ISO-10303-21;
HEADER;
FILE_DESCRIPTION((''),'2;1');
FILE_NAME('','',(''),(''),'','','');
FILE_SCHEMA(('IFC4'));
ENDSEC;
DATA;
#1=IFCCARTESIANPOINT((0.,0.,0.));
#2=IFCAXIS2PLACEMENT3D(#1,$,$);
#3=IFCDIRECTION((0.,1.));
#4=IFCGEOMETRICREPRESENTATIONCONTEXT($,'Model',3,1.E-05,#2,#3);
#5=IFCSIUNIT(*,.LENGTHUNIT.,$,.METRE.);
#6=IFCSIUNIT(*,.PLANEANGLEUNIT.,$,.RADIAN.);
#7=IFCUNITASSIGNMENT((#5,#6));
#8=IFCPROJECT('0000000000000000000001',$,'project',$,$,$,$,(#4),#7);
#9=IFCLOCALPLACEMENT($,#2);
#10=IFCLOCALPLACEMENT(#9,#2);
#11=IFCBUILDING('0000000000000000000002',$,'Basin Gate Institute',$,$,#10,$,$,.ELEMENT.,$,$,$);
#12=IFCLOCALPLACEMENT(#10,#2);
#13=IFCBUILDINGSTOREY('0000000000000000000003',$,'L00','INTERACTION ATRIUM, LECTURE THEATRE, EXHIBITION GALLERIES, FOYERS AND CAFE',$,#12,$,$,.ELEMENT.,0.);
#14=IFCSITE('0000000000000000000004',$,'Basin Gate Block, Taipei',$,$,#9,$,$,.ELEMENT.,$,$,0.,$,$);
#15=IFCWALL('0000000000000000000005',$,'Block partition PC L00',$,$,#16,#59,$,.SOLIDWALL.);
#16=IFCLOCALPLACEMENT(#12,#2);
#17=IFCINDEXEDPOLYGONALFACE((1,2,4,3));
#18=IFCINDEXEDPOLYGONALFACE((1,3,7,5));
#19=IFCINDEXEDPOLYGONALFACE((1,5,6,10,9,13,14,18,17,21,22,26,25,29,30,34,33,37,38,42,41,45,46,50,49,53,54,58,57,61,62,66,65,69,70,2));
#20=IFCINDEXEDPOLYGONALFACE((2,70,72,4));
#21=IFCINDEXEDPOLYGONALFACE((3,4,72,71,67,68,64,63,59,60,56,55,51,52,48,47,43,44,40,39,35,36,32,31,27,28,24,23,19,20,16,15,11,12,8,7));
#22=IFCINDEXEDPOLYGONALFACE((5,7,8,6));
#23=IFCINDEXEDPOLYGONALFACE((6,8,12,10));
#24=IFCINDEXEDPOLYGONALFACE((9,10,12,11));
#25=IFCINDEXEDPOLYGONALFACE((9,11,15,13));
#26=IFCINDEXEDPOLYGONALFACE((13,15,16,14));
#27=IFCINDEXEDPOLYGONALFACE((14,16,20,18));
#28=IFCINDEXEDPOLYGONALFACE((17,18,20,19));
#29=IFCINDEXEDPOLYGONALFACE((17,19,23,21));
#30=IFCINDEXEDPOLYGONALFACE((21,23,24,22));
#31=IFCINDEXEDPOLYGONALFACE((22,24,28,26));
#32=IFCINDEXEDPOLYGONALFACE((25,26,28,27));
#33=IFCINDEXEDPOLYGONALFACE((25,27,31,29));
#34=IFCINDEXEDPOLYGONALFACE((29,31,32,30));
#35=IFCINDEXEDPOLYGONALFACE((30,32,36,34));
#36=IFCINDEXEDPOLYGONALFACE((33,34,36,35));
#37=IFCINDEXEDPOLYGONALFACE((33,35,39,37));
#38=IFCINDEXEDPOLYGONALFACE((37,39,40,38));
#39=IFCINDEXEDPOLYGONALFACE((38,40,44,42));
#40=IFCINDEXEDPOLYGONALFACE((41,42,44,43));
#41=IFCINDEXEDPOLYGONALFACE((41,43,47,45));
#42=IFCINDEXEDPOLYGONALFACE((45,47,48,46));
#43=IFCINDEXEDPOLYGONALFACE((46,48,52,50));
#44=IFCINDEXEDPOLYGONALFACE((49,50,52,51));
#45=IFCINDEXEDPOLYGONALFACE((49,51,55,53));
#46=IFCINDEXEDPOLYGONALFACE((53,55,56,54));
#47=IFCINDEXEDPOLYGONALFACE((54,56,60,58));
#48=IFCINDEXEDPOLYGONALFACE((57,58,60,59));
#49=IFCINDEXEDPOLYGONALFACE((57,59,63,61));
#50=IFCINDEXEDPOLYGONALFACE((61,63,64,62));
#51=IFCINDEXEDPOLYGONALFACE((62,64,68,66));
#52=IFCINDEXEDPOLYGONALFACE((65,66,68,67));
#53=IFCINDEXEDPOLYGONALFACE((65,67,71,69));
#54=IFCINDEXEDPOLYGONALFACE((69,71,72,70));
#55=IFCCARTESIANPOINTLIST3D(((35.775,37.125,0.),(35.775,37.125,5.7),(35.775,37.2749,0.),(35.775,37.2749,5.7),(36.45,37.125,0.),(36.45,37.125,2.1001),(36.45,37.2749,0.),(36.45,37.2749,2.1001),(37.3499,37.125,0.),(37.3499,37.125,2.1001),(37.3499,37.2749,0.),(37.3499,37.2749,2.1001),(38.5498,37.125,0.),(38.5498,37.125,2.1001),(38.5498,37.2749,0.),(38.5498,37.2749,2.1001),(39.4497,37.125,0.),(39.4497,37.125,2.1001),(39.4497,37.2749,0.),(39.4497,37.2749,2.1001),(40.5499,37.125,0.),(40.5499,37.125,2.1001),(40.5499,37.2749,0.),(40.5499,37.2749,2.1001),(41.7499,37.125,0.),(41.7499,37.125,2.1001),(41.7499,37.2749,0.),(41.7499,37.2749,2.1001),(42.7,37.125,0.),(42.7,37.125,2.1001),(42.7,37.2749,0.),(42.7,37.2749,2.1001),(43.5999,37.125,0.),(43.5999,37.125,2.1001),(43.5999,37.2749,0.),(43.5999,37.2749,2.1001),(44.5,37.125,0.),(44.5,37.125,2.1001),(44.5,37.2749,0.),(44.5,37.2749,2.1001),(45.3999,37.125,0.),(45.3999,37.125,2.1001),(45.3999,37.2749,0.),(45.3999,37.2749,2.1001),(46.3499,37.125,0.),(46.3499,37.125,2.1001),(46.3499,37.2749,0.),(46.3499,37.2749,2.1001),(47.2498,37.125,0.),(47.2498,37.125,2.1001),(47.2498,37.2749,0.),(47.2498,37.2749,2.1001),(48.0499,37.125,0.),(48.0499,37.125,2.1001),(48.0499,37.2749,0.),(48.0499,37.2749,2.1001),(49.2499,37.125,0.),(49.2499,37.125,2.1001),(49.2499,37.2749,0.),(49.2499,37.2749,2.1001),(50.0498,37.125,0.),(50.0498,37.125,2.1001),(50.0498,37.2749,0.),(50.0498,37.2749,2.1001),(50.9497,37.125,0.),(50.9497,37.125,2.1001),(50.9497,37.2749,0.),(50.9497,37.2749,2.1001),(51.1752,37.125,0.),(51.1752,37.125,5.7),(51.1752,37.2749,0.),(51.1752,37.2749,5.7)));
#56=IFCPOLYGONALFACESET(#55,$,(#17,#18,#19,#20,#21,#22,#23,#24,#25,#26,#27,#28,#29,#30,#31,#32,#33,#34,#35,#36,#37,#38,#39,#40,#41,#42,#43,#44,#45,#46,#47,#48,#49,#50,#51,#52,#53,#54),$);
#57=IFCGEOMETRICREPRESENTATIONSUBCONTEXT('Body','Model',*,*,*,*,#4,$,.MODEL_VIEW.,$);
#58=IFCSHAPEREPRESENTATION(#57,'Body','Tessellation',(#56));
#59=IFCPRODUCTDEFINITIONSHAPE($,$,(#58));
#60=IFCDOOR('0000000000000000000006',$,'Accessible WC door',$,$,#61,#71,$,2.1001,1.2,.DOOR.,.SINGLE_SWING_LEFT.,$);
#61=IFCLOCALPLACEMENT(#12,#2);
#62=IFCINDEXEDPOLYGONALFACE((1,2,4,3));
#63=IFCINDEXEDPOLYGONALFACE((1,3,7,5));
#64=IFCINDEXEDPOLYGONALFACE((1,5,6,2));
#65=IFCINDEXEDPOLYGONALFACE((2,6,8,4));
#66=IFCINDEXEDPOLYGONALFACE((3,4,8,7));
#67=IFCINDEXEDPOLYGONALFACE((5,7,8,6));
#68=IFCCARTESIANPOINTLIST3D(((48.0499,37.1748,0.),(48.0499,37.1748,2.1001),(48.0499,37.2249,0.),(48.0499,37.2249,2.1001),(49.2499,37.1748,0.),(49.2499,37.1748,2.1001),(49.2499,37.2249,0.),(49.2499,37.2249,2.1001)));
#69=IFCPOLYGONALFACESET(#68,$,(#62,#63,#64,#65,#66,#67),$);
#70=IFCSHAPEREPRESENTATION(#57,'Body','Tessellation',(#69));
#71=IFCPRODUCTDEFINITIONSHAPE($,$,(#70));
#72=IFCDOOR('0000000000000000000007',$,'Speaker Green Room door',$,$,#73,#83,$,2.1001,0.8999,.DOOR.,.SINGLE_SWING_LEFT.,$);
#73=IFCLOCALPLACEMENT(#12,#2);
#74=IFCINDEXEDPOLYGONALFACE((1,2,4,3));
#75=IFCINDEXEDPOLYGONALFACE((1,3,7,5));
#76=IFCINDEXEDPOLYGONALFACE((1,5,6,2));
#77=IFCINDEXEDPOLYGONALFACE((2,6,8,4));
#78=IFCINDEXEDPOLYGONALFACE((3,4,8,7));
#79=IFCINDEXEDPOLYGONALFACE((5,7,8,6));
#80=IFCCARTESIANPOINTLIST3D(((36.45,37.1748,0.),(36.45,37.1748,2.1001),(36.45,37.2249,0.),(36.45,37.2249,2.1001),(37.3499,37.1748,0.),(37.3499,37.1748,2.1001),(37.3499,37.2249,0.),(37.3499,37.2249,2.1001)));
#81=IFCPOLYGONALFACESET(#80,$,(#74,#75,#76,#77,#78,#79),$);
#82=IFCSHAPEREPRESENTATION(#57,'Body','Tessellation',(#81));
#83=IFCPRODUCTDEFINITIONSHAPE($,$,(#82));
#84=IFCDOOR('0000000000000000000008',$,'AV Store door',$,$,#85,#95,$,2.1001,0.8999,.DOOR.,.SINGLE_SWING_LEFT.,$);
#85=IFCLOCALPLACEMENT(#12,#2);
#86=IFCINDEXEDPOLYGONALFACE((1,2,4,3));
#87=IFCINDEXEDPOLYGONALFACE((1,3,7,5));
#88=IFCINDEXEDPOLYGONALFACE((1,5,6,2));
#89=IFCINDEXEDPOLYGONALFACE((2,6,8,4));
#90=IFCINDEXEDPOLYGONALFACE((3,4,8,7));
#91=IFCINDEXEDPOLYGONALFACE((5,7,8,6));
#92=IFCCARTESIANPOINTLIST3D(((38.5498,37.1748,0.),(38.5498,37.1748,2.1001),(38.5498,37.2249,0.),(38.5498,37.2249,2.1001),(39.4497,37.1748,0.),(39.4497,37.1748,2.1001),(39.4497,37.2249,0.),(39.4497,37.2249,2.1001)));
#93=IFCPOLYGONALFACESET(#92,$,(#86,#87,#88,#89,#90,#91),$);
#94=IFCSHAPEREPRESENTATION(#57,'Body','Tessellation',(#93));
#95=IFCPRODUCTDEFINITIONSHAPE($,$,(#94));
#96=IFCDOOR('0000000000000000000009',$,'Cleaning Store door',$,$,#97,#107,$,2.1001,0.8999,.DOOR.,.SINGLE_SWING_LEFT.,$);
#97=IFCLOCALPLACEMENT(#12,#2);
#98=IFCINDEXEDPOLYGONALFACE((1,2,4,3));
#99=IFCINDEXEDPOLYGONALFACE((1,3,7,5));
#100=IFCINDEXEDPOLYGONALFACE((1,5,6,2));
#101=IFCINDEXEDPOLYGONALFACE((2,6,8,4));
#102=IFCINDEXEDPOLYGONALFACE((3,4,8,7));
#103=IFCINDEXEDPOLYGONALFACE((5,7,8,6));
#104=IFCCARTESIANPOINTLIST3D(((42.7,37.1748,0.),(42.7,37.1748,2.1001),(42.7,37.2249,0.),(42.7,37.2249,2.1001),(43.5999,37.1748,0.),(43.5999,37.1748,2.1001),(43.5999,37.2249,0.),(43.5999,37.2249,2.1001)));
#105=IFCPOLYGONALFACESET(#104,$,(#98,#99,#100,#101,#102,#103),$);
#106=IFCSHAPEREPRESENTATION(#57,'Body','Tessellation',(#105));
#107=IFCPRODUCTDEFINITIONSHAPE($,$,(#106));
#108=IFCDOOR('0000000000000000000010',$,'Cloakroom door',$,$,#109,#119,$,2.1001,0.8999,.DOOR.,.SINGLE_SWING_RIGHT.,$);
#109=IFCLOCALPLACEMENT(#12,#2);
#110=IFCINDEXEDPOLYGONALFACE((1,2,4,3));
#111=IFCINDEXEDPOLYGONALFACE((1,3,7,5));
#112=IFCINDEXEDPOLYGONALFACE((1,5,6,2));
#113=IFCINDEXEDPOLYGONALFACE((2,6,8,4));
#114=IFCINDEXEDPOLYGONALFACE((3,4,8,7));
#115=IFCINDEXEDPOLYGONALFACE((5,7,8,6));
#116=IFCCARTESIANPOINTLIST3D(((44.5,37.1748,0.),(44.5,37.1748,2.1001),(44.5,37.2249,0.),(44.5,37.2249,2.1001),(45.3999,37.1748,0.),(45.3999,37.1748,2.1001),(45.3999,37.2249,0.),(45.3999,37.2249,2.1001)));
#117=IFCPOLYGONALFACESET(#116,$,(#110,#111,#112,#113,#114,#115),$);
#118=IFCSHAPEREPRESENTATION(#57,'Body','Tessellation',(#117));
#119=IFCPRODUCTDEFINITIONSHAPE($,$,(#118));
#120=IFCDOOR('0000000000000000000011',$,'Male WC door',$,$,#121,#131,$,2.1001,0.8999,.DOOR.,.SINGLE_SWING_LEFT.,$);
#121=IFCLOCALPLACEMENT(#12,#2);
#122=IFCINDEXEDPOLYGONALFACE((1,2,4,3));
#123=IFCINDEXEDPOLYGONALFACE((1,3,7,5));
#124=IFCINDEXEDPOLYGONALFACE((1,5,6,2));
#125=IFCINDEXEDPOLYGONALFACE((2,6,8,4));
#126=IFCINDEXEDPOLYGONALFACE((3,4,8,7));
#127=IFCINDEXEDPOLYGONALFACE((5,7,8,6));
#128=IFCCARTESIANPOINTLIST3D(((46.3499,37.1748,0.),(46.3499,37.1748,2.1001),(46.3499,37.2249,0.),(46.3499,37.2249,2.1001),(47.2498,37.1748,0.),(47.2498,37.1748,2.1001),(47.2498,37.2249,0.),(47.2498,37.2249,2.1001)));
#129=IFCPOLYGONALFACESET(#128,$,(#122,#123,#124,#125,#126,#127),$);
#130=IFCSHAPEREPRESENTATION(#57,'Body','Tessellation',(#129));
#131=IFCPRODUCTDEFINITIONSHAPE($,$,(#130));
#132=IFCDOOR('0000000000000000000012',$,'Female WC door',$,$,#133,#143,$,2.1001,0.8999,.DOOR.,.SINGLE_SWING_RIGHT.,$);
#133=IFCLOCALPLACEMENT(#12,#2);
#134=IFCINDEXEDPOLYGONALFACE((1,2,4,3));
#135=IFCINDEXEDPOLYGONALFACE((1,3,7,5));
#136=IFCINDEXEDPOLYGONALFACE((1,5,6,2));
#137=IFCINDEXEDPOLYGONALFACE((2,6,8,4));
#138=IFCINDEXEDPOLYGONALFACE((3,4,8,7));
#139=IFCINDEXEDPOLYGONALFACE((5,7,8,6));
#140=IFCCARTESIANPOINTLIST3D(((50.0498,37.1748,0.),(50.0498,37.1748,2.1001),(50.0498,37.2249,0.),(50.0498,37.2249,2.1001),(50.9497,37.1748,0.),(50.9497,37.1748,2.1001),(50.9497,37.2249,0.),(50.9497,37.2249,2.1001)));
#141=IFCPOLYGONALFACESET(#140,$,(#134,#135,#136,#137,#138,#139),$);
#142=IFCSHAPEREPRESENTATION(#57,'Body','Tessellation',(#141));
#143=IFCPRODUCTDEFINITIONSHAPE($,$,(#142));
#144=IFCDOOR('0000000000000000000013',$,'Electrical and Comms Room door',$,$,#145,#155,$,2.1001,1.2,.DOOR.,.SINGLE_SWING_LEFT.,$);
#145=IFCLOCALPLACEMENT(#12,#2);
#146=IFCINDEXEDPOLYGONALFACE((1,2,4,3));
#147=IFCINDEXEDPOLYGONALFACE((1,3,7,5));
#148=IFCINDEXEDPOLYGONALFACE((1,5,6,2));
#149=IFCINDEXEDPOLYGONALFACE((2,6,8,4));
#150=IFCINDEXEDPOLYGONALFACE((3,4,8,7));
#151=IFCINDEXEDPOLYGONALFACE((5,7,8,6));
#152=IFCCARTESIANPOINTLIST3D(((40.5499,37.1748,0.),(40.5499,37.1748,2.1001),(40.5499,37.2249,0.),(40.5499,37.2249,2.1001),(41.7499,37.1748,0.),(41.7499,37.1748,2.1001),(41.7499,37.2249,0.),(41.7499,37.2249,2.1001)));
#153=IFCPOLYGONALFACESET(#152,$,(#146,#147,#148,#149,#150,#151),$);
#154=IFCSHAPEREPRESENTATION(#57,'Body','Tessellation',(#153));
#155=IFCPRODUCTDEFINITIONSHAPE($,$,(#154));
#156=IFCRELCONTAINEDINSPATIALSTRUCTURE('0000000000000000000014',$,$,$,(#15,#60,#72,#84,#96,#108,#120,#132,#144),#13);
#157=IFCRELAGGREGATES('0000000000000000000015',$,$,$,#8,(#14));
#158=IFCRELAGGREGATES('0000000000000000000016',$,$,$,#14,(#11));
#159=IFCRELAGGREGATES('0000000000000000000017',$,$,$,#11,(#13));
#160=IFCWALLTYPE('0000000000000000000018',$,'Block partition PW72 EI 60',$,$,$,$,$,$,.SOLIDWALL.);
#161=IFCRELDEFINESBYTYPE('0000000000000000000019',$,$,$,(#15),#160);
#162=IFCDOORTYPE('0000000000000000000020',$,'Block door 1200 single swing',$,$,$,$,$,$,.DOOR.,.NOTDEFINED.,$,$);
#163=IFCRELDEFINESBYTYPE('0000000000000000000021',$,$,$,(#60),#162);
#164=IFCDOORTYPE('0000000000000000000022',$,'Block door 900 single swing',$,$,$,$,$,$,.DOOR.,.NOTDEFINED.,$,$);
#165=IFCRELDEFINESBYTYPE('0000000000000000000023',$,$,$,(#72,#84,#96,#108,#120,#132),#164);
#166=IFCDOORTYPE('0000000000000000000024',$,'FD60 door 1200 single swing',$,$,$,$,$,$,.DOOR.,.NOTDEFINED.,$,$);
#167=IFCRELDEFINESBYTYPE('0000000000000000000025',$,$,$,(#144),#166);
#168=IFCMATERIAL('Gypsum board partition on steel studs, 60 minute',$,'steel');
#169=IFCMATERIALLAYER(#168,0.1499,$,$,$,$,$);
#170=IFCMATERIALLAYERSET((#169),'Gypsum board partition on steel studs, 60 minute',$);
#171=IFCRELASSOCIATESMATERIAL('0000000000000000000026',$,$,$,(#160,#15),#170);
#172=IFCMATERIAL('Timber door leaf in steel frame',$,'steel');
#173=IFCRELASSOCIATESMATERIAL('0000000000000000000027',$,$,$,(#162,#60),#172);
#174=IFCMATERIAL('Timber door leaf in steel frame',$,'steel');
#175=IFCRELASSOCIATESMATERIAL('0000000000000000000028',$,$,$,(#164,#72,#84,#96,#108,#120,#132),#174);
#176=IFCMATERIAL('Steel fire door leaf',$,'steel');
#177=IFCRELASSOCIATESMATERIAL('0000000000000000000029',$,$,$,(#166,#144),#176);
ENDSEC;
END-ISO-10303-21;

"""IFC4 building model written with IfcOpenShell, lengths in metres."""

from ifc_helpers import new_model, si_unit, direction, frame, frame_2d, origin, place, context, subcontext, project, spatial, rectangle, extrude, material, layer, layer_set, type_object, element, fill, save


model = new_model("IFC4")

# Units and contexts
model_context = context("Model", 3, precision=1e-05, world=origin(), true_north=direction((0.0, 1.0)))
body_context = subcontext(model_context, "Body", "Model", "MODEL_VIEW")
ifc_project = project(units=[si_unit("LENGTHUNIT", "METRE"), si_unit("PLANEANGLEUNIT", "RADIAN")], contexts=[model_context])

# Site, building, storey
site_placement = place(None, origin())
site = spatial("IfcSite", under=ifc_project, at=site_placement, Name="Basin Gate Block, Taipei", CompositionType="ELEMENT", RefElevation=0.0)
building_placement = place(site_placement, origin())
building = spatial("IfcBuilding", under=site, at=building_placement, Name="Basin Gate Institute", CompositionType="ELEMENT")
storey_placement = place(building_placement, origin())
storey = spatial("IfcBuildingStorey", under=building, at=storey_placement, Name="L00", Description="INTERACTION ATRIUM, LECTURE THEATRE, EXHIBITION GALLERIES, FOYERS AND CAFE", CompositionType="ELEMENT", Elevation=0.0)

# Wall, openings, doors
ifc_material_1 = material(Name="Gypsum board partition on steel studs, 60 minute", Category="steel")
ifc_layer_1 = layer(ifc_material_1, 0.1499)
ifc_layer_set_1 = layer_set([ifc_layer_1], Name="Gypsum board partition on steel studs, 60 minute")
wall_type_1 = type_object("IfcWallType", Name="Block partition PW72 EI 60", PredefinedType="SOLIDWALL", material=ifc_layer_set_1)
wall_1_placement = place(storey_placement, frame((35.7749, 37.2, 0.0), z_axis=(0.0, 0.0, 1.0), x_axis=(1.0, 0.0, 0.0)))
wall_1 = element("IfcWall", 1, at=wall_1_placement, inside=storey, type_object=wall_type_1, material=ifc_layer_set_1, Name="Block partition PC L00", PredefinedType="SOLIDWALL", context=body_context, shape_type="SweptSolid", body=[
    extrude(rectangle(XDim=15.4001, YDim=0.1499, at=frame_2d((7.7002, 0.0))), origin(), (0.0, 0.0, 1.0), 5.7),
])
opening_1_placement = place(wall_1_placement, frame((0.675, 0.0, 0.0)))
opening_1 = element("IfcOpeningElement", 2, at=opening_1_placement, cuts=wall_1, PredefinedType="OPENING", context=body_context, shape_type="SweptSolid", body=[
    extrude(rectangle(XDim=0.8999, YDim=2.1001, at=frame_2d((0.45, 1.05))), frame((0.0, 0.085, 0.0), z_axis=(0.0, -1.0, 0.0), x_axis=(1.0, 0.0, 0.0)), (0.0, 0.0, 1.0), 0.1699),
])
opening_2_placement = place(wall_1_placement, frame((2.7749, 0.0, 0.0)))
opening_2 = element("IfcOpeningElement", 3, at=opening_2_placement, cuts=wall_1, PredefinedType="OPENING", context=body_context, shape_type="SweptSolid", body=[
    extrude(rectangle(XDim=0.8999, YDim=2.1001, at=frame_2d((0.45, 1.05))), frame((0.0, 0.085, 0.0), z_axis=(0.0, -1.0, 0.0), x_axis=(1.0, 0.0, 0.0)), (0.0, 0.0, 1.0), 0.1699),
])
opening_3_placement = place(wall_1_placement, frame((4.7749, 0.0, 0.0)))
opening_3 = element("IfcOpeningElement", 4, at=opening_3_placement, cuts=wall_1, PredefinedType="OPENING", context=body_context, shape_type="SweptSolid", body=[
    extrude(rectangle(XDim=1.2, YDim=2.1001, at=frame_2d((0.6001, 1.05))), frame((0.0, 0.085, 0.0), z_axis=(0.0, -1.0, 0.0), x_axis=(1.0, 0.0, 0.0)), (0.0, 0.0, 1.0), 0.1699),
])
opening_4_placement = place(wall_1_placement, frame((6.925, 0.0, 0.0)))
opening_4 = element("IfcOpeningElement", 5, at=opening_4_placement, cuts=wall_1, PredefinedType="OPENING", context=body_context, shape_type="SweptSolid", body=[
    extrude(rectangle(XDim=0.8999, YDim=2.1001, at=frame_2d((0.45, 1.05))), frame((0.0, 0.085, 0.0), z_axis=(0.0, -1.0, 0.0), x_axis=(1.0, 0.0, 0.0)), (0.0, 0.0, 1.0), 0.1699),
])
opening_5_placement = place(wall_1_placement, frame((8.7251, 0.0, 0.0)))
opening_5 = element("IfcOpeningElement", 6, at=opening_5_placement, cuts=wall_1, PredefinedType="OPENING", context=body_context, shape_type="SweptSolid", body=[
    extrude(rectangle(XDim=0.8999, YDim=2.1001, at=frame_2d((0.45, 1.05))), frame((0.0, 0.085, 0.0), z_axis=(0.0, -1.0, 0.0), x_axis=(1.0, 0.0, 0.0)), (0.0, 0.0, 1.0), 0.1699),
])
opening_6_placement = place(wall_1_placement, frame((10.575, 0.0, 0.0)))
opening_6 = element("IfcOpeningElement", 7, at=opening_6_placement, cuts=wall_1, PredefinedType="OPENING", context=body_context, shape_type="SweptSolid", body=[
    extrude(rectangle(XDim=0.8999, YDim=2.1001, at=frame_2d((0.45, 1.05))), frame((0.0, 0.085, 0.0), z_axis=(0.0, -1.0, 0.0), x_axis=(1.0, 0.0, 0.0)), (0.0, 0.0, 1.0), 0.1699),
])
opening_7_placement = place(wall_1_placement, frame((12.2749, 0.0, 0.0)))
opening_7 = element("IfcOpeningElement", 8, at=opening_7_placement, cuts=wall_1, PredefinedType="OPENING", context=body_context, shape_type="SweptSolid", body=[
    extrude(rectangle(XDim=1.2, YDim=2.1001, at=frame_2d((0.6001, 1.05))), frame((0.0, 0.085, 0.0), z_axis=(0.0, -1.0, 0.0), x_axis=(1.0, 0.0, 0.0)), (0.0, 0.0, 1.0), 0.1699),
])
opening_8_placement = place(wall_1_placement, frame((14.2749, 0.0, 0.0)))
opening_8 = element("IfcOpeningElement", 9, at=opening_8_placement, cuts=wall_1, PredefinedType="OPENING", context=body_context, shape_type="SweptSolid", body=[
    extrude(rectangle(XDim=0.8999, YDim=2.1001, at=frame_2d((0.45, 1.05))), frame((0.0, 0.085, 0.0), z_axis=(0.0, -1.0, 0.0), x_axis=(1.0, 0.0, 0.0)), (0.0, 0.0, 1.0), 0.1699),
])
ifc_material_2 = material(Name="Timber door leaf in steel frame", Category="steel")
door_type_1 = type_object("IfcDoorType", Name="Block door 1200 single swing", OperationType="NOTDEFINED", PredefinedType="DOOR", material=ifc_material_2)
door_1_placement = place(opening_7_placement, origin())
door_1 = element("IfcDoor", 10, at=door_1_placement, inside=storey, type_object=door_type_1, material=ifc_material_2, Name="Accessible WC door", OperationType="SINGLE_SWING_LEFT", OverallHeight=2.1001, OverallWidth=1.2, PredefinedType="DOOR", context=body_context, shape_type="SweptSolid", body=[
    extrude(rectangle(XDim=1.2, YDim=2.1001, at=frame_2d((0.6001, 1.05))), frame((0.0, 0.0249, 0.0), z_axis=(0.0, -1.0, 0.0), x_axis=(1.0, 0.0, 0.0)), (0.0, 0.0, 1.0), 0.05),
])
fill(opening_7, door_1)
ifc_material_3 = material(Name="Timber door leaf in steel frame", Category="steel")
door_type_2 = type_object("IfcDoorType", Name="Block door 900 single swing", OperationType="NOTDEFINED", PredefinedType="DOOR", material=ifc_material_3)
door_2_placement = place(opening_1_placement, origin())
door_2 = element("IfcDoor", 11, at=door_2_placement, inside=storey, type_object=door_type_2, material=ifc_material_3, Name="Speaker Green Room door", OperationType="SINGLE_SWING_LEFT", OverallHeight=2.1001, OverallWidth=0.8999, PredefinedType="DOOR", context=body_context, shape_type="SweptSolid", body=[
    extrude(rectangle(XDim=0.8999, YDim=2.1001, at=frame_2d((0.45, 1.05))), frame((0.0, 0.0249, 0.0), z_axis=(0.0, -1.0, 0.0), x_axis=(1.0, 0.0, 0.0)), (0.0, 0.0, 1.0), 0.05),
])
fill(opening_1, door_2)
door_3_placement = place(opening_2_placement, origin())
door_3 = element("IfcDoor", 12, at=door_3_placement, inside=storey, type_object=door_type_2, material=ifc_material_3, Name="AV Store door", OperationType="SINGLE_SWING_LEFT", OverallHeight=2.1001, OverallWidth=0.8999, PredefinedType="DOOR", context=body_context, shape_type="SweptSolid", body=[
    extrude(rectangle(XDim=0.8999, YDim=2.1001, at=frame_2d((0.45, 1.05))), frame((0.0, 0.0249, 0.0), z_axis=(0.0, -1.0, 0.0), x_axis=(1.0, 0.0, 0.0)), (0.0, 0.0, 1.0), 0.05),
])
fill(opening_2, door_3)
door_4_placement = place(opening_4_placement, origin())
door_4 = element("IfcDoor", 13, at=door_4_placement, inside=storey, type_object=door_type_2, material=ifc_material_3, Name="Cleaning Store door", OperationType="SINGLE_SWING_LEFT", OverallHeight=2.1001, OverallWidth=0.8999, PredefinedType="DOOR", context=body_context, shape_type="SweptSolid", body=[
    extrude(rectangle(XDim=0.8999, YDim=2.1001, at=frame_2d((0.45, 1.05))), frame((0.0, 0.0249, 0.0), z_axis=(0.0, -1.0, 0.0), x_axis=(1.0, 0.0, 0.0)), (0.0, 0.0, 1.0), 0.05),
])
fill(opening_4, door_4)
door_5_placement = place(opening_5_placement, origin())
door_5 = element("IfcDoor", 14, at=door_5_placement, inside=storey, type_object=door_type_2, material=ifc_material_3, Name="Cloakroom door", OperationType="SINGLE_SWING_RIGHT", OverallHeight=2.1001, OverallWidth=0.8999, PredefinedType="DOOR", context=body_context, shape_type="SweptSolid", body=[
    extrude(rectangle(XDim=0.8999, YDim=2.1001, at=frame_2d((0.45, 1.05))), frame((0.0, 0.0249, 0.0), z_axis=(0.0, -1.0, 0.0), x_axis=(1.0, 0.0, 0.0)), (0.0, 0.0, 1.0), 0.05),
])
fill(opening_5, door_5)
door_6_placement = place(opening_6_placement, origin())
door_6 = element("IfcDoor", 15, at=door_6_placement, inside=storey, type_object=door_type_2, material=ifc_material_3, Name="Male WC door", OperationType="SINGLE_SWING_LEFT", OverallHeight=2.1001, OverallWidth=0.8999, PredefinedType="DOOR", context=body_context, shape_type="SweptSolid", body=[
    extrude(rectangle(XDim=0.8999, YDim=2.1001, at=frame_2d((0.45, 1.05))), frame((0.0, 0.0249, 0.0), z_axis=(0.0, -1.0, 0.0), x_axis=(1.0, 0.0, 0.0)), (0.0, 0.0, 1.0), 0.05),
])
fill(opening_6, door_6)
door_7_placement = place(opening_8_placement, origin())
door_7 = element("IfcDoor", 16, at=door_7_placement, inside=storey, type_object=door_type_2, material=ifc_material_3, Name="Female WC door", OperationType="SINGLE_SWING_RIGHT", OverallHeight=2.1001, OverallWidth=0.8999, PredefinedType="DOOR", context=body_context, shape_type="SweptSolid", body=[
    extrude(rectangle(XDim=0.8999, YDim=2.1001, at=frame_2d((0.45, 1.05))), frame((0.0, 0.0249, 0.0), z_axis=(0.0, -1.0, 0.0), x_axis=(1.0, 0.0, 0.0)), (0.0, 0.0, 1.0), 0.05),
])
fill(opening_8, door_7)
ifc_material_4 = material(Name="Steel fire door leaf", Category="steel")
door_type_3 = type_object("IfcDoorType", Name="FD60 door 1200 single swing", OperationType="NOTDEFINED", PredefinedType="DOOR", material=ifc_material_4)
door_8_placement = place(opening_3_placement, origin())
door_8 = element("IfcDoor", 17, at=door_8_placement, inside=storey, type_object=door_type_3, material=ifc_material_4, Name="Electrical and Comms Room door", OperationType="SINGLE_SWING_LEFT", OverallHeight=2.1001, OverallWidth=1.2, PredefinedType="DOOR", context=body_context, shape_type="SweptSolid", body=[
    extrude(rectangle(XDim=1.2, YDim=2.1001, at=frame_2d((0.6001, 1.05))), frame((0.0, 0.0249, 0.0), z_axis=(0.0, -1.0, 0.0), x_axis=(1.0, 0.0, 0.0)), (0.0, 0.0, 1.0), 0.05),
])
fill(opening_3, door_8)

save(model, "model.ifc")
